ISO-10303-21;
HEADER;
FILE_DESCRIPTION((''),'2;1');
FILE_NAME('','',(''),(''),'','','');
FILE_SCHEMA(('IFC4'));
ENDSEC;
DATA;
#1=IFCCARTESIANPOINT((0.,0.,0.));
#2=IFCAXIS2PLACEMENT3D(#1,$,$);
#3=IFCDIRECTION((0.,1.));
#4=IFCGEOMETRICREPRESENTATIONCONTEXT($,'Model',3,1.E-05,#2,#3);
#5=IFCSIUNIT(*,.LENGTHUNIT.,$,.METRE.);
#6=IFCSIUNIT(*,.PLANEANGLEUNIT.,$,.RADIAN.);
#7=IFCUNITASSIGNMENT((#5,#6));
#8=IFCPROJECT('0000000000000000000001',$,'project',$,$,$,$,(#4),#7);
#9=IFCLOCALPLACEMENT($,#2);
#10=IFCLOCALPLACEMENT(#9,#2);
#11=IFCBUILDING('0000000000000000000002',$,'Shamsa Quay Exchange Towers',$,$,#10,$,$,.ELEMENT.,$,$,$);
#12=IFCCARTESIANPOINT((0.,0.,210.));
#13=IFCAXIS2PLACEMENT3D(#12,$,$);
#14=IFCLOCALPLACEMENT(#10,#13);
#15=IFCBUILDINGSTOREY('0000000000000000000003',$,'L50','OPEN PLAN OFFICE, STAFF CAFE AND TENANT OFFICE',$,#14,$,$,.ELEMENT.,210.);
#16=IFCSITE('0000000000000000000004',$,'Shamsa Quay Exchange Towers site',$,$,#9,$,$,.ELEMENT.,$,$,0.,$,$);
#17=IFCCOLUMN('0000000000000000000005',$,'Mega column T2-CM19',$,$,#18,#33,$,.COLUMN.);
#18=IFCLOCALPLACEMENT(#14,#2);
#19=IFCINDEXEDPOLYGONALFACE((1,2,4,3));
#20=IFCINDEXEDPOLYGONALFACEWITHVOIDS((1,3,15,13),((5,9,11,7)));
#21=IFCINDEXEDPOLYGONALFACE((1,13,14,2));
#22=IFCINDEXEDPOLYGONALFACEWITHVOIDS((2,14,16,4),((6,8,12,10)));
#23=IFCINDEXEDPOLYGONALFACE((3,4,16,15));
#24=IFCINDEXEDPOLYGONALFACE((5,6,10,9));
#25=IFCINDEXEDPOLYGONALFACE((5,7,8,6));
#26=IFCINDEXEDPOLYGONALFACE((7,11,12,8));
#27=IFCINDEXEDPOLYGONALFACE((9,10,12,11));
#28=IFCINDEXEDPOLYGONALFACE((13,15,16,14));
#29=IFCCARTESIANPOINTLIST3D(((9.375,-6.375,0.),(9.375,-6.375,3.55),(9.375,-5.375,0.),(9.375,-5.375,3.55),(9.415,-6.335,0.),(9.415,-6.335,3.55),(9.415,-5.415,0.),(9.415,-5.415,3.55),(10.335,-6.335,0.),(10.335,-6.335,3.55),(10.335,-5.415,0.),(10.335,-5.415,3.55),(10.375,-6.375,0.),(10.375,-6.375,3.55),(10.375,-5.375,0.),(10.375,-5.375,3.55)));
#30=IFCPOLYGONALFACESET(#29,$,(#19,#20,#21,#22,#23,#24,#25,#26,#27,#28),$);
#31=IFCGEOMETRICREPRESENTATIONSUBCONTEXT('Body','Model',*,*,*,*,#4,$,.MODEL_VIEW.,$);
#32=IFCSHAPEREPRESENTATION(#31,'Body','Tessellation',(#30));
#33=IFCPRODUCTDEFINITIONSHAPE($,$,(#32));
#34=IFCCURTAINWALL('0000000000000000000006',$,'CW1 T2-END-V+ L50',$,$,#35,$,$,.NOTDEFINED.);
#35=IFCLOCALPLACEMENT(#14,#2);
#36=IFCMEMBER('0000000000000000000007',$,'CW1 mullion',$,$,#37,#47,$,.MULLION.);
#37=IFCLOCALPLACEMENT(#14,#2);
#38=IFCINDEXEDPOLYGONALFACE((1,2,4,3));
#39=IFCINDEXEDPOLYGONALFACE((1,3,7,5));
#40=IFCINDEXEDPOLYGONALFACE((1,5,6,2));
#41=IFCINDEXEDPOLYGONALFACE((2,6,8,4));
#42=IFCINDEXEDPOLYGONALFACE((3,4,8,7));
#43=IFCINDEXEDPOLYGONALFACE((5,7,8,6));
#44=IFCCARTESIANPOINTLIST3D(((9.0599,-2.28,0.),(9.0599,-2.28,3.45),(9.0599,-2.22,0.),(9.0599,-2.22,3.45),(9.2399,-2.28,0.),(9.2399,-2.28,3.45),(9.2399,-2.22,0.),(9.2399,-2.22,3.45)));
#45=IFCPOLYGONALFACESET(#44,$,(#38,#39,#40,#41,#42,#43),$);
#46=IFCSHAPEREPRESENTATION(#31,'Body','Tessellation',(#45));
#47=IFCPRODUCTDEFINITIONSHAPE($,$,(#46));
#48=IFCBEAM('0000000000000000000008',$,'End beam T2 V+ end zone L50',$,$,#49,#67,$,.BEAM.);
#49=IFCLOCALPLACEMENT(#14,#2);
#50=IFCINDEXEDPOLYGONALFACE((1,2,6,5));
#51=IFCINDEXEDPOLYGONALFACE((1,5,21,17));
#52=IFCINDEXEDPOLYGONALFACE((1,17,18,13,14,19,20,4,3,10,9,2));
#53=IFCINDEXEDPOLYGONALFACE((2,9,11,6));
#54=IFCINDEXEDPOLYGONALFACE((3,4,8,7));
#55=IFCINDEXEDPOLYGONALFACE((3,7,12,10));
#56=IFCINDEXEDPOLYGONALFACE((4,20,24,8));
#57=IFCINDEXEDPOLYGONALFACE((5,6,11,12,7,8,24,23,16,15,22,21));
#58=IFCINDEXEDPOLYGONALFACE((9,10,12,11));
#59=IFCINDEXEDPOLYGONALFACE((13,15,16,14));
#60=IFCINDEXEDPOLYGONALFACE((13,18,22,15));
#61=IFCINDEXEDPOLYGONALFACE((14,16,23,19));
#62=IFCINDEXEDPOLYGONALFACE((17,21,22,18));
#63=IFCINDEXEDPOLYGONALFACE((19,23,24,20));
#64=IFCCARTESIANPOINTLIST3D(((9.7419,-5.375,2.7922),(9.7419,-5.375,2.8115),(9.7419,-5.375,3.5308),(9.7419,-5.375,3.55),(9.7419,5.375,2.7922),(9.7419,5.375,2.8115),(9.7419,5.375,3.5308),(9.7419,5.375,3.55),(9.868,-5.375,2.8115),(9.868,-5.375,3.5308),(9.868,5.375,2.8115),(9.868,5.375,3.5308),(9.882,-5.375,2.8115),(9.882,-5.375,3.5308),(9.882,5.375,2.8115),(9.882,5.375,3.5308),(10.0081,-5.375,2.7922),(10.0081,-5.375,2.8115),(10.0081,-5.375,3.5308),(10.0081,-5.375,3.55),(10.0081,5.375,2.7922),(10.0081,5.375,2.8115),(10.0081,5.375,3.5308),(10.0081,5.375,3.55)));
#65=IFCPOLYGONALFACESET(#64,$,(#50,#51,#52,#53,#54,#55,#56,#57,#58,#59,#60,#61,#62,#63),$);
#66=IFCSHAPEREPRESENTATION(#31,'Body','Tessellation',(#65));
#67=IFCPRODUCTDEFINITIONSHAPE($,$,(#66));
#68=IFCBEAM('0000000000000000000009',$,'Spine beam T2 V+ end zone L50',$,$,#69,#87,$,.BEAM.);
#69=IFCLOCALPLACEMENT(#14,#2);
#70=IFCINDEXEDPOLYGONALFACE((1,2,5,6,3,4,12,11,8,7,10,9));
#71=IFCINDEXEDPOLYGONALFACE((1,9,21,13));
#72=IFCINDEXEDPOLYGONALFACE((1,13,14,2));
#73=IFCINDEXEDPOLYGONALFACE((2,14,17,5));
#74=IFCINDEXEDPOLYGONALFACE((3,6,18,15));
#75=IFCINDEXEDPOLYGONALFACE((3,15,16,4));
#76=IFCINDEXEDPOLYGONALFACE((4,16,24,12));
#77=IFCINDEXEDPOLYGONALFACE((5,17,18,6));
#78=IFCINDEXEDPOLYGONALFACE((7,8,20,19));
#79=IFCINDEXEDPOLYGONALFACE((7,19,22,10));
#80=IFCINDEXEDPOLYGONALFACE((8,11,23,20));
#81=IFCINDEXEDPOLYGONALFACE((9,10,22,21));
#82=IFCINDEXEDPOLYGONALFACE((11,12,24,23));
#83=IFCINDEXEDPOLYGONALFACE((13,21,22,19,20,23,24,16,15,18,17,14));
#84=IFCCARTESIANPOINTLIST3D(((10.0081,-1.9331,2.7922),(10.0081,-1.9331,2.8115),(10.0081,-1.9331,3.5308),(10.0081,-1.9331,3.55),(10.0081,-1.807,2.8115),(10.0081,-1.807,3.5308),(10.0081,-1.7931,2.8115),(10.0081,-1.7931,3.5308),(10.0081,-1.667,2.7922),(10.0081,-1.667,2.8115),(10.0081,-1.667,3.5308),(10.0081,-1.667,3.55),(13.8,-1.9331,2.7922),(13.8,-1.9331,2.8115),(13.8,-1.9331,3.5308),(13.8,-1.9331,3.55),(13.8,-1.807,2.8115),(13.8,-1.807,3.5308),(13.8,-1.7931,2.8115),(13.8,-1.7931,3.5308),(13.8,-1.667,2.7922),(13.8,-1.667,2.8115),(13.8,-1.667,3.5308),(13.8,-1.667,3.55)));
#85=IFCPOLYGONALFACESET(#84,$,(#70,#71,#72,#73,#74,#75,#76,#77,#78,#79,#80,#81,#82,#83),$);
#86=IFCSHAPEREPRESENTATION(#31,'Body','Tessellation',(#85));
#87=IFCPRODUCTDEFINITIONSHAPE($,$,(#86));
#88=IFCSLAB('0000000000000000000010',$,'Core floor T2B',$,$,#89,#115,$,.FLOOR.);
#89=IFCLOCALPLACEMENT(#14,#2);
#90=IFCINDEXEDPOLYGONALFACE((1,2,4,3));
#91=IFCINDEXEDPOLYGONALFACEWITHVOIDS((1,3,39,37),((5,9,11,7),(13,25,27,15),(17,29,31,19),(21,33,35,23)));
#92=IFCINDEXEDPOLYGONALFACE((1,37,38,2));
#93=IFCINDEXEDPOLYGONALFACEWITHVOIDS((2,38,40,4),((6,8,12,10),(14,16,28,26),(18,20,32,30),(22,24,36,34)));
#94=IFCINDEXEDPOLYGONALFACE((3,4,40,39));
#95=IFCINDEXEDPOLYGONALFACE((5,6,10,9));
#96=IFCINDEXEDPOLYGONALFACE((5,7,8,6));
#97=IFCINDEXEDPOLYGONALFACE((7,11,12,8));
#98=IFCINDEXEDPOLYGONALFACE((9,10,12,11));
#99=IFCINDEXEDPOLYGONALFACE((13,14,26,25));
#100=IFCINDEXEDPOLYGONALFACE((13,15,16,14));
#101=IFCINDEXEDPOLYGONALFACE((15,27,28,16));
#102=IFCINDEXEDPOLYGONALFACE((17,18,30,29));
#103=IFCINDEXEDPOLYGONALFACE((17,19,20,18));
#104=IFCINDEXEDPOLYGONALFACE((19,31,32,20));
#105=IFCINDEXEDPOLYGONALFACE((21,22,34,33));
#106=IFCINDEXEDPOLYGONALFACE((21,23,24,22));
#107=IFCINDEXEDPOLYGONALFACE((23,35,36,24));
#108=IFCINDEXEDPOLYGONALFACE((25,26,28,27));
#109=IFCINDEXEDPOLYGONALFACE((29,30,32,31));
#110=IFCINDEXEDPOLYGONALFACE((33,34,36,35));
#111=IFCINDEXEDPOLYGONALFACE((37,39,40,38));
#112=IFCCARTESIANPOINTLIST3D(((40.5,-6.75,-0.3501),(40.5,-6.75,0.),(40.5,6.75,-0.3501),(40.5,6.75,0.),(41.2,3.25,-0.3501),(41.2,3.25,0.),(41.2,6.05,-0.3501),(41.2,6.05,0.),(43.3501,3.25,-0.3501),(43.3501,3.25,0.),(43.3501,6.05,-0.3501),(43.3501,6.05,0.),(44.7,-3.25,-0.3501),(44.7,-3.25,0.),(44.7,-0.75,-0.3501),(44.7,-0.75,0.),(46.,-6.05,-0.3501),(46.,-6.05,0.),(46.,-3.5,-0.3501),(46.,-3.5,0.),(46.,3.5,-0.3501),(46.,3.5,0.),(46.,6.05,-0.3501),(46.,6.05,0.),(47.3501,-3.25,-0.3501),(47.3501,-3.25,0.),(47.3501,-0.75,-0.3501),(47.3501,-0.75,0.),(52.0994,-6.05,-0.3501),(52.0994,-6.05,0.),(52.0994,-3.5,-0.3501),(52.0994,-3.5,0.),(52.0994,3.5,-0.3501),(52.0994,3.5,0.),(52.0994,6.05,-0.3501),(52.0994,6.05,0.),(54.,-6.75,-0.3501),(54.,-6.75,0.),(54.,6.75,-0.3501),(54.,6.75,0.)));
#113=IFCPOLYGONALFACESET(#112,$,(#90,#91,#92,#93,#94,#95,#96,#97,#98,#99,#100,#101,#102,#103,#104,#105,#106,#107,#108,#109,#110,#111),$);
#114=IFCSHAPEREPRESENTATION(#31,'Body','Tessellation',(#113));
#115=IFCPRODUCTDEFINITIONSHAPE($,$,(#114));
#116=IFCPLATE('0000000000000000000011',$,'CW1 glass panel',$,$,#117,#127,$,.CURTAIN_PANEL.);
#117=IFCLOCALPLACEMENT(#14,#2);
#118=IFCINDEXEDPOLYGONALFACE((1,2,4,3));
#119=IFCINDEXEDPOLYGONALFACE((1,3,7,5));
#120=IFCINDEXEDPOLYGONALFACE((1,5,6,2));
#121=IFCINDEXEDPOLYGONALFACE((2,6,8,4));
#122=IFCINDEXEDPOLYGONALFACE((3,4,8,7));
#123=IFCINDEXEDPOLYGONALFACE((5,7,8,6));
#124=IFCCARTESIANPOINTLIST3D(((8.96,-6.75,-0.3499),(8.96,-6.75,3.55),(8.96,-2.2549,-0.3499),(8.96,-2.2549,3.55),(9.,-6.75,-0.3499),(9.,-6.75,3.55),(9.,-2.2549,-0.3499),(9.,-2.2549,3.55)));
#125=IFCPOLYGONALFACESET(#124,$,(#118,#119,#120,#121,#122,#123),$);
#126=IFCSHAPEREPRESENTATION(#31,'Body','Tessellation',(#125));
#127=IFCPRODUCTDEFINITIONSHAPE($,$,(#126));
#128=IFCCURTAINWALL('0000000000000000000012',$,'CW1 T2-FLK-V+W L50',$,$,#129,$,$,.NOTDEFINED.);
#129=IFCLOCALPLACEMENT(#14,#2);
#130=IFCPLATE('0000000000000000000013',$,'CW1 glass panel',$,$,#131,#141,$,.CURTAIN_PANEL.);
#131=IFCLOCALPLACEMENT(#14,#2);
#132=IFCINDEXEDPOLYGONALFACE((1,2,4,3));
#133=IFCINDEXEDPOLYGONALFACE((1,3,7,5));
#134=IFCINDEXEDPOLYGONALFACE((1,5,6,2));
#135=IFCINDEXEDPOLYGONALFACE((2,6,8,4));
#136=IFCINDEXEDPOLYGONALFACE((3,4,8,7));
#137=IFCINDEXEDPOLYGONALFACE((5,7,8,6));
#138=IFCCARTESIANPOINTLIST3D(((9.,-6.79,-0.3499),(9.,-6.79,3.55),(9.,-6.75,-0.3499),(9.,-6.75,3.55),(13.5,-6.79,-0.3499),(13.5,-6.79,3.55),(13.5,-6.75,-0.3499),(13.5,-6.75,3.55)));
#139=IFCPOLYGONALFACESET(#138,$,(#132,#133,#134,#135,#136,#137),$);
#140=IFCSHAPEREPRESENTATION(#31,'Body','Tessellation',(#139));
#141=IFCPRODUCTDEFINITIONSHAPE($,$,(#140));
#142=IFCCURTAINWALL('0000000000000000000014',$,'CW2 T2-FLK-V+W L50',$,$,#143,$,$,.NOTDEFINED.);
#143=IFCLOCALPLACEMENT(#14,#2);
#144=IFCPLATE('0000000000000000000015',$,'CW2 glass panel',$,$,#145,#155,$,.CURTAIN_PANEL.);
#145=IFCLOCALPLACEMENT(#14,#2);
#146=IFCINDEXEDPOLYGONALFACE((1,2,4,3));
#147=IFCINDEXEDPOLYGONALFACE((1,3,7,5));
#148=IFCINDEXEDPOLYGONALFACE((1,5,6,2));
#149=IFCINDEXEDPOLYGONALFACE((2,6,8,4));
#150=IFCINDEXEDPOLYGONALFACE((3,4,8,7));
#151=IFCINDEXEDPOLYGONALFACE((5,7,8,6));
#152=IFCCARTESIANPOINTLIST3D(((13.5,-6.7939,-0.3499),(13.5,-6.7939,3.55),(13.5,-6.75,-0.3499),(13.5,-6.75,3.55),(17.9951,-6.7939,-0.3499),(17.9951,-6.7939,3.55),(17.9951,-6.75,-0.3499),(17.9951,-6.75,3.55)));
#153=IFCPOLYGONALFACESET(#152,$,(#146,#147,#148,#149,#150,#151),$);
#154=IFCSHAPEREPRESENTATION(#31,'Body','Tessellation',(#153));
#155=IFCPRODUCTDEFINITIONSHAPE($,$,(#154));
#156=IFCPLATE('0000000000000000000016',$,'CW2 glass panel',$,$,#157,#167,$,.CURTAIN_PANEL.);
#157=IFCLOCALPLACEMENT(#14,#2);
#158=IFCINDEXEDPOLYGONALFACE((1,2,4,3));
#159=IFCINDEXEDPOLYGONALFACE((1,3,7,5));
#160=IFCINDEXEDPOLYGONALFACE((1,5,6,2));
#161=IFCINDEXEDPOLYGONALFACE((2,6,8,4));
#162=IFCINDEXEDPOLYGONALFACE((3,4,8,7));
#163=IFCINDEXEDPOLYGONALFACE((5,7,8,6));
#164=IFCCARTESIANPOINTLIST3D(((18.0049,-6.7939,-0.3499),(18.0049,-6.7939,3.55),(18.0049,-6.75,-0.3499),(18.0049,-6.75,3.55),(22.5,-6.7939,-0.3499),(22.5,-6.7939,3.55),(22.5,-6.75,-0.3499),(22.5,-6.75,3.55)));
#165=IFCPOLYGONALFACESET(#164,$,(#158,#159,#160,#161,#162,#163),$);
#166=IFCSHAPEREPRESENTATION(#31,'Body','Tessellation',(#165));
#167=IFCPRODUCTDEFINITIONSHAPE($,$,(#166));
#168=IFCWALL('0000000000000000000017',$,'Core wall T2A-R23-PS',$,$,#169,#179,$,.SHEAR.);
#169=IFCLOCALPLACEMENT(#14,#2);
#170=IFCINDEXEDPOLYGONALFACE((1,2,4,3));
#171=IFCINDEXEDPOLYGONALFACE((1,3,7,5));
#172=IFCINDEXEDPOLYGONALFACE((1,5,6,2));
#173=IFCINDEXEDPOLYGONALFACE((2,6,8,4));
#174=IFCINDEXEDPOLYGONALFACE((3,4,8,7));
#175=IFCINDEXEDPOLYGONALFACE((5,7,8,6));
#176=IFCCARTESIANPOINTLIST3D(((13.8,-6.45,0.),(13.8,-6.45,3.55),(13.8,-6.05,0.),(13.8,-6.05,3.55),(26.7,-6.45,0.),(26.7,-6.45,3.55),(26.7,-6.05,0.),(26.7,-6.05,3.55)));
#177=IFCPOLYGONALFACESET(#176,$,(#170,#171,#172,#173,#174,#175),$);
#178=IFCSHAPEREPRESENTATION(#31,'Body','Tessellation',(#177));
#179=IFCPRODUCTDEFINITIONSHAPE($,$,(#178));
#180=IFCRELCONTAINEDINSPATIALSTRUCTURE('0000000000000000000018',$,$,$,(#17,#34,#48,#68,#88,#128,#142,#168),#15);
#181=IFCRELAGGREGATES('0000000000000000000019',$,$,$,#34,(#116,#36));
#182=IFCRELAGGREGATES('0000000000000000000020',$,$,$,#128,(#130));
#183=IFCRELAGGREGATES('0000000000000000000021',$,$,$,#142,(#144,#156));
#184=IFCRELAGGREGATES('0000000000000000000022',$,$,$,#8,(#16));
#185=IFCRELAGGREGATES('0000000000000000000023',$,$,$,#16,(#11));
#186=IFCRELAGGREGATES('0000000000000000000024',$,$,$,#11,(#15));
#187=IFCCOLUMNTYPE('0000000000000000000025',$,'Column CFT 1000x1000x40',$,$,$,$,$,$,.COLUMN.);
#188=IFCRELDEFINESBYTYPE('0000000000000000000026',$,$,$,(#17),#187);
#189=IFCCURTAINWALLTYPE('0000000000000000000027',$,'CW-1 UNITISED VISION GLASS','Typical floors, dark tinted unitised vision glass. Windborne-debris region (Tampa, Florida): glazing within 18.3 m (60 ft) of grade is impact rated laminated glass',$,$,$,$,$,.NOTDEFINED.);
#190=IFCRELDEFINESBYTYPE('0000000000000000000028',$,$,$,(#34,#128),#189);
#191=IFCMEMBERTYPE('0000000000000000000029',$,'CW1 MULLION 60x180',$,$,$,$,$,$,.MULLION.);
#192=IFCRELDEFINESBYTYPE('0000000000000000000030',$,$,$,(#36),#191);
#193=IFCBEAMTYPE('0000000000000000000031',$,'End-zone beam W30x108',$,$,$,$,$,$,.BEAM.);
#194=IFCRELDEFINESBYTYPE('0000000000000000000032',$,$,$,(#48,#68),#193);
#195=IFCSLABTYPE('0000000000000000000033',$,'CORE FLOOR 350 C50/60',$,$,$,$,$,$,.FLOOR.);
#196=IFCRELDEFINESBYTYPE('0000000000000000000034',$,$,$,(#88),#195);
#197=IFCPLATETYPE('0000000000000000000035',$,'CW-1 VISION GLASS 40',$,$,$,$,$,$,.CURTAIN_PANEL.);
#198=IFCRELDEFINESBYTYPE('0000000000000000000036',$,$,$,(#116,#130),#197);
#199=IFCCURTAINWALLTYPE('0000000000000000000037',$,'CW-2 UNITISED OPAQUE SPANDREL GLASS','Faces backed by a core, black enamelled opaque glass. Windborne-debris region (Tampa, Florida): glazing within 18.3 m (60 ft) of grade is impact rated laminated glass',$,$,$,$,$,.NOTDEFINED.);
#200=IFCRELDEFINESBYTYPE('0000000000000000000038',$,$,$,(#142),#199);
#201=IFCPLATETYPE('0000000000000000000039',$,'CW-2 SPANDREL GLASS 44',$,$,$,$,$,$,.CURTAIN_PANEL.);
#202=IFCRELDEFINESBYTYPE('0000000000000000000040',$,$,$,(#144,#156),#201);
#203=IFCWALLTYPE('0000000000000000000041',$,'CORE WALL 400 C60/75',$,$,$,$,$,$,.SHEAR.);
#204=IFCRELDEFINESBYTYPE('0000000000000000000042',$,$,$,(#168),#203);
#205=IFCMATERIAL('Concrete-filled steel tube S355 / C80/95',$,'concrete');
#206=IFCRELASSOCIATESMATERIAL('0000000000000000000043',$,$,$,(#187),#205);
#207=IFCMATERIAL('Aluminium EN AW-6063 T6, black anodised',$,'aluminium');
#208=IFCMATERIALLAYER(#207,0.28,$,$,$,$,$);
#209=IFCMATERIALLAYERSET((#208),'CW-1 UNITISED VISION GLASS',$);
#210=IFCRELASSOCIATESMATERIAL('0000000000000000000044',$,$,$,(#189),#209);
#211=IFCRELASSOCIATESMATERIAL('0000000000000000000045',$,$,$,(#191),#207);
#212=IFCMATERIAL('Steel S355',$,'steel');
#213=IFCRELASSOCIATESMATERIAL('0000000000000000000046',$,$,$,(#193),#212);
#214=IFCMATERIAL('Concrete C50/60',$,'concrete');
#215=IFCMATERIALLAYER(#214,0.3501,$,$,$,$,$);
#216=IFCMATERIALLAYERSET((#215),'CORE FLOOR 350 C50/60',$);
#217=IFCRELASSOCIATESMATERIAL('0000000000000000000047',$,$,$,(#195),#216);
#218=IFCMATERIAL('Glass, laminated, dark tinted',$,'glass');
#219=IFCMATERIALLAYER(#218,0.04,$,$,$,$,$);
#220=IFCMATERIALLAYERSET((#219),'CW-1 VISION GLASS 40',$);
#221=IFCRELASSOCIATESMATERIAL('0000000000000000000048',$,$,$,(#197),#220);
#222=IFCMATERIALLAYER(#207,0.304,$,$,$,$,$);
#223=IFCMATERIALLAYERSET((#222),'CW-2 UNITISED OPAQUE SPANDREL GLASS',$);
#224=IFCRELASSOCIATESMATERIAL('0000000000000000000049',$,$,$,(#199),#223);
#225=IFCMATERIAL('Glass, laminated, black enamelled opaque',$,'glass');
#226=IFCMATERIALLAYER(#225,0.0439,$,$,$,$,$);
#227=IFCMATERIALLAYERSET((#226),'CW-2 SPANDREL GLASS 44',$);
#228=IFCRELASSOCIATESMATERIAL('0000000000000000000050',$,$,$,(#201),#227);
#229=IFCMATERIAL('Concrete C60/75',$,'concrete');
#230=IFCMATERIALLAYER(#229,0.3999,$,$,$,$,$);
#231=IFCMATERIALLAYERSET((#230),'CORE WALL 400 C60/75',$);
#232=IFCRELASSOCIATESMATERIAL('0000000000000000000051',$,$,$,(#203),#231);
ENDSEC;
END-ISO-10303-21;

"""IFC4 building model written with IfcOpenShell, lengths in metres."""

from ifc_helpers import new_model, si_unit, direction, frame, frame_2d, origin, origin_2d, place, context, subcontext, project, spatial, polyline, rectangle, hollow_rectangle, i_section, outline, extrude, material, layer, layer_set, material_profile, profile_set, type_object, element, aggregate, save


model = new_model("IFC4")

# Units and contexts
model_context = context("Model", 3, precision=1e-05, world=origin(), true_north=direction((0.0, 1.0)))
body_context = subcontext(model_context, "Body", "Model", "MODEL_VIEW")
ifc_project = project(units=[si_unit("LENGTHUNIT", "METRE"), si_unit("PLANEANGLEUNIT", "RADIAN")], contexts=[model_context])

# Site, building, storey
site_placement = place(None, origin())
site = spatial("IfcSite", under=ifc_project, at=site_placement, Name="Shamsa Quay Exchange Towers site", CompositionType="ELEMENT", RefElevation=0.0)
building_placement = place(site_placement, origin())
building = spatial("IfcBuilding", under=site, at=building_placement, Name="Shamsa Quay Exchange Towers", CompositionType="ELEMENT")
storey_placement = place(building_placement, frame((0.0, 0.0, 210.0)))
storey = spatial("IfcBuildingStorey", under=building, at=storey_placement, Name="L50", Description="OPEN PLAN OFFICE, STAFF CAFE AND TENANT OFFICE", CompositionType="ELEMENT", Elevation=210.0)

# Column
ifc_material_1 = material(Name="Concrete-filled steel tube S355 / C80/95", Category="concrete")
ifc_material_profile_1 = material_profile(ifc_material_1, hollow_rectangle(XDim=1.0, YDim=1.0, WallThickness=0.04, at=origin_2d()), Name="CFT 1000x1000x40")
ifc_profile_set_1 = profile_set([ifc_material_profile_1], Name="Concrete-filled steel tube S355 / C80/95")
column_type = type_object("IfcColumnType", Name="Column CFT 1000x1000x40", PredefinedType="COLUMN", material=ifc_profile_set_1)
column_placement = place(storey_placement, frame((9.875, -5.875, 0.0)))
element("IfcColumn", 1, at=column_placement, inside=storey, type_object=column_type, Name="Mega column T2-CM19", PredefinedType="COLUMN", context=body_context, shape_type="SweptSolid", body=[
    extrude(hollow_rectangle(XDim=1.0, YDim=1.0, WallThickness=0.04, at=origin_2d()), origin(), (0.0, 0.0, 1.0), 3.55),
])

# Curtain wall, member
ifc_material_2 = material(Name="Aluminium EN AW-6063 T6, black anodised", Category="aluminium")
ifc_layer_1 = layer(ifc_material_2, 0.28)
ifc_layer_set_1 = layer_set([ifc_layer_1], Name="CW-1 UNITISED VISION GLASS")
curtain_wall_type_1 = type_object("IfcCurtainWallType", Name="CW-1 UNITISED VISION GLASS", Description="Typical floors, dark tinted unitised vision glass. Windborne-debris region (Tampa, Florida): glazing within 18.3 m (60 ft) of grade is impact rated laminated glass", PredefinedType="NOTDEFINED", material=ifc_layer_set_1)
curtain_wall_1_placement = place(storey_placement, origin())
curtain_wall_1 = element("IfcCurtainWall", 2, at=curtain_wall_1_placement, inside=storey, type_object=curtain_wall_type_1, Name="CW1 T2-END-V+ L50", PredefinedType="NOTDEFINED")
ifc_material_profile_2 = material_profile(ifc_material_2, rectangle(XDim=0.1799, YDim=0.0601, at=origin_2d()), Name="MU60x180")
ifc_profile_set_2 = profile_set([ifc_material_profile_2], Name="Aluminium EN AW-6063 T6, black anodised")
member_type = type_object("IfcMemberType", Name="CW1 MULLION 60x180", PredefinedType="MULLION", material=ifc_profile_set_2)
member_placement = place(storey_placement, frame((9.1499, -2.25, 0.0)))
member = element("IfcMember", 3, at=member_placement, type_object=member_type, Name="CW1 mullion", PredefinedType="MULLION", context=body_context, shape_type="SweptSolid", body=[
    extrude(rectangle(XDim=0.1799, YDim=0.0601, at=origin_2d()), origin(), (0.0, 0.0, 1.0), 3.45),
])

# Beams
ifc_material_3 = material(Name="Steel S355", Category="steel")
ifc_material_profile_3 = material_profile(ifc_material_3, i_section(OverallWidth=0.2661, OverallDepth=0.7578, WebThickness=0.0139, FlangeThickness=0.0193, at=origin_2d()), Name="W30x108")
ifc_profile_set_3 = profile_set([ifc_material_profile_3], Name="Steel S355")
beam_type = type_object("IfcBeamType", Name="End-zone beam W30x108", PredefinedType="BEAM", material=ifc_profile_set_3)
beam_1_placement = place(storey_placement, frame((9.875, -5.375, 3.1711), z_axis=(0.0, 1.0, 0.0), x_axis=(-1.0, 0.0, 0.0)))
element("IfcBeam", 4, at=beam_1_placement, inside=storey, type_object=beam_type, Name="End beam T2 V+ end zone L50", PredefinedType="BEAM", context=body_context, shape_type="SweptSolid", body=[
    extrude(i_section(OverallWidth=0.2661, OverallDepth=0.7578, WebThickness=0.0139, FlangeThickness=0.0193, at=origin_2d()), origin(), (0.0, 0.0, 1.0), 10.75),
])
beam_2_placement = place(storey_placement, frame((13.8, -1.8, 3.1711), z_axis=(-1.0, 0.0, 0.0), x_axis=(0.0, -1.0, 0.0)))
element("IfcBeam", 5, at=beam_2_placement, inside=storey, type_object=beam_type, Name="Spine beam T2 V+ end zone L50", PredefinedType="BEAM", context=body_context, shape_type="SweptSolid", body=[
    extrude(i_section(OverallWidth=0.2661, OverallDepth=0.7578, WebThickness=0.0139, FlangeThickness=0.0193, at=origin_2d()), origin(), (0.0, 0.0, 1.0), 3.792),
])

# Slab
ifc_material_4 = material(Name="Concrete C50/60", Category="concrete")
ifc_layer_2 = layer(ifc_material_4, 0.3501)
ifc_layer_set_2 = layer_set([ifc_layer_2], Name="CORE FLOOR 350 C50/60")
slab_type = type_object("IfcSlabType", Name="CORE FLOOR 350 C50/60", PredefinedType="FLOOR", material=ifc_layer_set_2)
slab_placement = place(storey_placement, frame((0.0, 0.0, -0.3501)))
element("IfcSlab", 6, at=slab_placement, inside=storey, type_object=slab_type, Name="Core floor T2B", PredefinedType="FLOOR", context=body_context, shape_type="SweptSolid", body=[
    extrude(outline(polyline([(54.0, -6.75), (54.0, 6.75), (40.5, 6.75), (40.5, -6.75), (54.0, -6.75)]), holes=[polyline([(52.0994, -3.5), (52.0994, -6.05), (46.0, -6.05), (46.0, -3.5), (52.0994, -3.5)]), polyline([(52.0994, 6.05), (52.0994, 3.5), (46.0, 3.5), (46.0, 6.05), (52.0994, 6.05)]), polyline([(43.3501, 3.25), (41.2, 3.25), (41.2, 6.05), (43.3501, 6.05), (43.3501, 3.25)]), polyline([(47.3501, -3.25), (44.7, -3.25), (44.7, -0.75), (47.3501, -0.75), (47.3501, -3.25)])]), origin(), (0.0, 0.0, 1.0), 0.3501),
])

# Plate
ifc_material_5 = material(Name="Glass, laminated, dark tinted", Category="glass")
ifc_layer_3 = layer(ifc_material_5, 0.04)
ifc_layer_set_3 = layer_set([ifc_layer_3], Name="CW-1 VISION GLASS 40")
plate_type_1 = type_object("IfcPlateType", Name="CW-1 VISION GLASS 40", PredefinedType="CURTAIN_PANEL", material=ifc_layer_set_3)
plate_1_placement = place(storey_placement, frame((8.98, -4.5024, -0.3499), z_axis=(0.0, 0.0, 1.0), x_axis=(0.0, -1.0, 0.0)))
plate_1 = element("IfcPlate", 7, at=plate_1_placement, type_object=plate_type_1, Name="CW1 glass panel", PredefinedType="CURTAIN_PANEL", context=body_context, shape_type="SweptSolid", body=[
    extrude(rectangle(XDim=4.4951, YDim=0.04, at=origin_2d()), origin(), (0.0, 0.0, 1.0), 3.8999),
])
aggregate(curtain_wall_1, [plate_1, member])

# Curtain wall, plate
curtain_wall_2_placement = place(storey_placement, origin())
curtain_wall_2 = element("IfcCurtainWall", 8, at=curtain_wall_2_placement, inside=storey, type_object=curtain_wall_type_1, Name="CW1 T2-FLK-V+W L50", PredefinedType="NOTDEFINED")
plate_2_placement = place(storey_placement, frame((11.25, -6.77, -0.3499)))
plate_2 = element("IfcPlate", 9, at=plate_2_placement, type_object=plate_type_1, Name="CW1 glass panel", PredefinedType="CURTAIN_PANEL", context=body_context, shape_type="SweptSolid", body=[
    extrude(rectangle(XDim=4.5, YDim=0.04, at=origin_2d()), origin(), (0.0, 0.0, 1.0), 3.8999),
])
aggregate(curtain_wall_2, [plate_2])

# Curtain wall, plates
ifc_layer_4 = layer(ifc_material_2, 0.304)
ifc_layer_set_4 = layer_set([ifc_layer_4], Name="CW-2 UNITISED OPAQUE SPANDREL GLASS")
curtain_wall_type_2 = type_object("IfcCurtainWallType", Name="CW-2 UNITISED OPAQUE SPANDREL GLASS", Description="Faces backed by a core, black enamelled opaque glass. Windborne-debris region (Tampa, Florida): glazing within 18.3 m (60 ft) of grade is impact rated laminated glass", PredefinedType="NOTDEFINED", material=ifc_layer_set_4)
curtain_wall_3_placement = place(storey_placement, origin())
curtain_wall_3 = element("IfcCurtainWall", 10, at=curtain_wall_3_placement, inside=storey, type_object=curtain_wall_type_2, Name="CW2 T2-FLK-V+W L50", PredefinedType="NOTDEFINED")
ifc_material_6 = material(Name="Glass, laminated, black enamelled opaque", Category="glass")
ifc_layer_5 = layer(ifc_material_6, 0.0439)
ifc_layer_set_5 = layer_set([ifc_layer_5], Name="CW-2 SPANDREL GLASS 44")
plate_type_2 = type_object("IfcPlateType", Name="CW-2 SPANDREL GLASS 44", PredefinedType="CURTAIN_PANEL", material=ifc_layer_set_5)
plate_3_placement = place(storey_placement, frame((15.7476, -6.772, -0.3499)))
plate_3 = element("IfcPlate", 11, at=plate_3_placement, type_object=plate_type_2, Name="CW2 glass panel", PredefinedType="CURTAIN_PANEL", context=body_context, shape_type="SweptSolid", body=[
    extrude(rectangle(XDim=4.4951, YDim=0.0439, at=origin_2d()), origin(), (0.0, 0.0, 1.0), 3.8999),
])
plate_4_placement = place(storey_placement, frame((20.2524, -6.772, -0.3499)))
plate_4 = element("IfcPlate", 12, at=plate_4_placement, type_object=plate_type_2, Name="CW2 glass panel", PredefinedType="CURTAIN_PANEL", context=body_context, shape_type="SweptSolid", body=[
    extrude(rectangle(XDim=4.4951, YDim=0.0439, at=origin_2d()), origin(), (0.0, 0.0, 1.0), 3.8999),
])
aggregate(curtain_wall_3, [plate_3, plate_4])

# Wall
ifc_material_7 = material(Name="Concrete C60/75", Category="concrete")
ifc_layer_6 = layer(ifc_material_7, 0.3999)
ifc_layer_set_6 = layer_set([ifc_layer_6], Name="CORE WALL 400 C60/75")
wall_type_1 = type_object("IfcWallType", Name="CORE WALL 400 C60/75", PredefinedType="SHEAR", material=ifc_layer_set_6)
wall_1_placement = place(storey_placement, frame((13.8, -6.25, 0.0)))
element("IfcWall", 13, at=wall_1_placement, inside=storey, type_object=wall_type_1, Name="Core wall T2A-R23-PS", PredefinedType="SHEAR", context=body_context, shape_type="SweptSolid", body=[
    extrude(rectangle(XDim=12.8999, YDim=0.3999, at=frame_2d((6.45, 0.0))), origin(), (0.0, 0.0, 1.0), 3.55),
])

save(model, "model.ifc")
